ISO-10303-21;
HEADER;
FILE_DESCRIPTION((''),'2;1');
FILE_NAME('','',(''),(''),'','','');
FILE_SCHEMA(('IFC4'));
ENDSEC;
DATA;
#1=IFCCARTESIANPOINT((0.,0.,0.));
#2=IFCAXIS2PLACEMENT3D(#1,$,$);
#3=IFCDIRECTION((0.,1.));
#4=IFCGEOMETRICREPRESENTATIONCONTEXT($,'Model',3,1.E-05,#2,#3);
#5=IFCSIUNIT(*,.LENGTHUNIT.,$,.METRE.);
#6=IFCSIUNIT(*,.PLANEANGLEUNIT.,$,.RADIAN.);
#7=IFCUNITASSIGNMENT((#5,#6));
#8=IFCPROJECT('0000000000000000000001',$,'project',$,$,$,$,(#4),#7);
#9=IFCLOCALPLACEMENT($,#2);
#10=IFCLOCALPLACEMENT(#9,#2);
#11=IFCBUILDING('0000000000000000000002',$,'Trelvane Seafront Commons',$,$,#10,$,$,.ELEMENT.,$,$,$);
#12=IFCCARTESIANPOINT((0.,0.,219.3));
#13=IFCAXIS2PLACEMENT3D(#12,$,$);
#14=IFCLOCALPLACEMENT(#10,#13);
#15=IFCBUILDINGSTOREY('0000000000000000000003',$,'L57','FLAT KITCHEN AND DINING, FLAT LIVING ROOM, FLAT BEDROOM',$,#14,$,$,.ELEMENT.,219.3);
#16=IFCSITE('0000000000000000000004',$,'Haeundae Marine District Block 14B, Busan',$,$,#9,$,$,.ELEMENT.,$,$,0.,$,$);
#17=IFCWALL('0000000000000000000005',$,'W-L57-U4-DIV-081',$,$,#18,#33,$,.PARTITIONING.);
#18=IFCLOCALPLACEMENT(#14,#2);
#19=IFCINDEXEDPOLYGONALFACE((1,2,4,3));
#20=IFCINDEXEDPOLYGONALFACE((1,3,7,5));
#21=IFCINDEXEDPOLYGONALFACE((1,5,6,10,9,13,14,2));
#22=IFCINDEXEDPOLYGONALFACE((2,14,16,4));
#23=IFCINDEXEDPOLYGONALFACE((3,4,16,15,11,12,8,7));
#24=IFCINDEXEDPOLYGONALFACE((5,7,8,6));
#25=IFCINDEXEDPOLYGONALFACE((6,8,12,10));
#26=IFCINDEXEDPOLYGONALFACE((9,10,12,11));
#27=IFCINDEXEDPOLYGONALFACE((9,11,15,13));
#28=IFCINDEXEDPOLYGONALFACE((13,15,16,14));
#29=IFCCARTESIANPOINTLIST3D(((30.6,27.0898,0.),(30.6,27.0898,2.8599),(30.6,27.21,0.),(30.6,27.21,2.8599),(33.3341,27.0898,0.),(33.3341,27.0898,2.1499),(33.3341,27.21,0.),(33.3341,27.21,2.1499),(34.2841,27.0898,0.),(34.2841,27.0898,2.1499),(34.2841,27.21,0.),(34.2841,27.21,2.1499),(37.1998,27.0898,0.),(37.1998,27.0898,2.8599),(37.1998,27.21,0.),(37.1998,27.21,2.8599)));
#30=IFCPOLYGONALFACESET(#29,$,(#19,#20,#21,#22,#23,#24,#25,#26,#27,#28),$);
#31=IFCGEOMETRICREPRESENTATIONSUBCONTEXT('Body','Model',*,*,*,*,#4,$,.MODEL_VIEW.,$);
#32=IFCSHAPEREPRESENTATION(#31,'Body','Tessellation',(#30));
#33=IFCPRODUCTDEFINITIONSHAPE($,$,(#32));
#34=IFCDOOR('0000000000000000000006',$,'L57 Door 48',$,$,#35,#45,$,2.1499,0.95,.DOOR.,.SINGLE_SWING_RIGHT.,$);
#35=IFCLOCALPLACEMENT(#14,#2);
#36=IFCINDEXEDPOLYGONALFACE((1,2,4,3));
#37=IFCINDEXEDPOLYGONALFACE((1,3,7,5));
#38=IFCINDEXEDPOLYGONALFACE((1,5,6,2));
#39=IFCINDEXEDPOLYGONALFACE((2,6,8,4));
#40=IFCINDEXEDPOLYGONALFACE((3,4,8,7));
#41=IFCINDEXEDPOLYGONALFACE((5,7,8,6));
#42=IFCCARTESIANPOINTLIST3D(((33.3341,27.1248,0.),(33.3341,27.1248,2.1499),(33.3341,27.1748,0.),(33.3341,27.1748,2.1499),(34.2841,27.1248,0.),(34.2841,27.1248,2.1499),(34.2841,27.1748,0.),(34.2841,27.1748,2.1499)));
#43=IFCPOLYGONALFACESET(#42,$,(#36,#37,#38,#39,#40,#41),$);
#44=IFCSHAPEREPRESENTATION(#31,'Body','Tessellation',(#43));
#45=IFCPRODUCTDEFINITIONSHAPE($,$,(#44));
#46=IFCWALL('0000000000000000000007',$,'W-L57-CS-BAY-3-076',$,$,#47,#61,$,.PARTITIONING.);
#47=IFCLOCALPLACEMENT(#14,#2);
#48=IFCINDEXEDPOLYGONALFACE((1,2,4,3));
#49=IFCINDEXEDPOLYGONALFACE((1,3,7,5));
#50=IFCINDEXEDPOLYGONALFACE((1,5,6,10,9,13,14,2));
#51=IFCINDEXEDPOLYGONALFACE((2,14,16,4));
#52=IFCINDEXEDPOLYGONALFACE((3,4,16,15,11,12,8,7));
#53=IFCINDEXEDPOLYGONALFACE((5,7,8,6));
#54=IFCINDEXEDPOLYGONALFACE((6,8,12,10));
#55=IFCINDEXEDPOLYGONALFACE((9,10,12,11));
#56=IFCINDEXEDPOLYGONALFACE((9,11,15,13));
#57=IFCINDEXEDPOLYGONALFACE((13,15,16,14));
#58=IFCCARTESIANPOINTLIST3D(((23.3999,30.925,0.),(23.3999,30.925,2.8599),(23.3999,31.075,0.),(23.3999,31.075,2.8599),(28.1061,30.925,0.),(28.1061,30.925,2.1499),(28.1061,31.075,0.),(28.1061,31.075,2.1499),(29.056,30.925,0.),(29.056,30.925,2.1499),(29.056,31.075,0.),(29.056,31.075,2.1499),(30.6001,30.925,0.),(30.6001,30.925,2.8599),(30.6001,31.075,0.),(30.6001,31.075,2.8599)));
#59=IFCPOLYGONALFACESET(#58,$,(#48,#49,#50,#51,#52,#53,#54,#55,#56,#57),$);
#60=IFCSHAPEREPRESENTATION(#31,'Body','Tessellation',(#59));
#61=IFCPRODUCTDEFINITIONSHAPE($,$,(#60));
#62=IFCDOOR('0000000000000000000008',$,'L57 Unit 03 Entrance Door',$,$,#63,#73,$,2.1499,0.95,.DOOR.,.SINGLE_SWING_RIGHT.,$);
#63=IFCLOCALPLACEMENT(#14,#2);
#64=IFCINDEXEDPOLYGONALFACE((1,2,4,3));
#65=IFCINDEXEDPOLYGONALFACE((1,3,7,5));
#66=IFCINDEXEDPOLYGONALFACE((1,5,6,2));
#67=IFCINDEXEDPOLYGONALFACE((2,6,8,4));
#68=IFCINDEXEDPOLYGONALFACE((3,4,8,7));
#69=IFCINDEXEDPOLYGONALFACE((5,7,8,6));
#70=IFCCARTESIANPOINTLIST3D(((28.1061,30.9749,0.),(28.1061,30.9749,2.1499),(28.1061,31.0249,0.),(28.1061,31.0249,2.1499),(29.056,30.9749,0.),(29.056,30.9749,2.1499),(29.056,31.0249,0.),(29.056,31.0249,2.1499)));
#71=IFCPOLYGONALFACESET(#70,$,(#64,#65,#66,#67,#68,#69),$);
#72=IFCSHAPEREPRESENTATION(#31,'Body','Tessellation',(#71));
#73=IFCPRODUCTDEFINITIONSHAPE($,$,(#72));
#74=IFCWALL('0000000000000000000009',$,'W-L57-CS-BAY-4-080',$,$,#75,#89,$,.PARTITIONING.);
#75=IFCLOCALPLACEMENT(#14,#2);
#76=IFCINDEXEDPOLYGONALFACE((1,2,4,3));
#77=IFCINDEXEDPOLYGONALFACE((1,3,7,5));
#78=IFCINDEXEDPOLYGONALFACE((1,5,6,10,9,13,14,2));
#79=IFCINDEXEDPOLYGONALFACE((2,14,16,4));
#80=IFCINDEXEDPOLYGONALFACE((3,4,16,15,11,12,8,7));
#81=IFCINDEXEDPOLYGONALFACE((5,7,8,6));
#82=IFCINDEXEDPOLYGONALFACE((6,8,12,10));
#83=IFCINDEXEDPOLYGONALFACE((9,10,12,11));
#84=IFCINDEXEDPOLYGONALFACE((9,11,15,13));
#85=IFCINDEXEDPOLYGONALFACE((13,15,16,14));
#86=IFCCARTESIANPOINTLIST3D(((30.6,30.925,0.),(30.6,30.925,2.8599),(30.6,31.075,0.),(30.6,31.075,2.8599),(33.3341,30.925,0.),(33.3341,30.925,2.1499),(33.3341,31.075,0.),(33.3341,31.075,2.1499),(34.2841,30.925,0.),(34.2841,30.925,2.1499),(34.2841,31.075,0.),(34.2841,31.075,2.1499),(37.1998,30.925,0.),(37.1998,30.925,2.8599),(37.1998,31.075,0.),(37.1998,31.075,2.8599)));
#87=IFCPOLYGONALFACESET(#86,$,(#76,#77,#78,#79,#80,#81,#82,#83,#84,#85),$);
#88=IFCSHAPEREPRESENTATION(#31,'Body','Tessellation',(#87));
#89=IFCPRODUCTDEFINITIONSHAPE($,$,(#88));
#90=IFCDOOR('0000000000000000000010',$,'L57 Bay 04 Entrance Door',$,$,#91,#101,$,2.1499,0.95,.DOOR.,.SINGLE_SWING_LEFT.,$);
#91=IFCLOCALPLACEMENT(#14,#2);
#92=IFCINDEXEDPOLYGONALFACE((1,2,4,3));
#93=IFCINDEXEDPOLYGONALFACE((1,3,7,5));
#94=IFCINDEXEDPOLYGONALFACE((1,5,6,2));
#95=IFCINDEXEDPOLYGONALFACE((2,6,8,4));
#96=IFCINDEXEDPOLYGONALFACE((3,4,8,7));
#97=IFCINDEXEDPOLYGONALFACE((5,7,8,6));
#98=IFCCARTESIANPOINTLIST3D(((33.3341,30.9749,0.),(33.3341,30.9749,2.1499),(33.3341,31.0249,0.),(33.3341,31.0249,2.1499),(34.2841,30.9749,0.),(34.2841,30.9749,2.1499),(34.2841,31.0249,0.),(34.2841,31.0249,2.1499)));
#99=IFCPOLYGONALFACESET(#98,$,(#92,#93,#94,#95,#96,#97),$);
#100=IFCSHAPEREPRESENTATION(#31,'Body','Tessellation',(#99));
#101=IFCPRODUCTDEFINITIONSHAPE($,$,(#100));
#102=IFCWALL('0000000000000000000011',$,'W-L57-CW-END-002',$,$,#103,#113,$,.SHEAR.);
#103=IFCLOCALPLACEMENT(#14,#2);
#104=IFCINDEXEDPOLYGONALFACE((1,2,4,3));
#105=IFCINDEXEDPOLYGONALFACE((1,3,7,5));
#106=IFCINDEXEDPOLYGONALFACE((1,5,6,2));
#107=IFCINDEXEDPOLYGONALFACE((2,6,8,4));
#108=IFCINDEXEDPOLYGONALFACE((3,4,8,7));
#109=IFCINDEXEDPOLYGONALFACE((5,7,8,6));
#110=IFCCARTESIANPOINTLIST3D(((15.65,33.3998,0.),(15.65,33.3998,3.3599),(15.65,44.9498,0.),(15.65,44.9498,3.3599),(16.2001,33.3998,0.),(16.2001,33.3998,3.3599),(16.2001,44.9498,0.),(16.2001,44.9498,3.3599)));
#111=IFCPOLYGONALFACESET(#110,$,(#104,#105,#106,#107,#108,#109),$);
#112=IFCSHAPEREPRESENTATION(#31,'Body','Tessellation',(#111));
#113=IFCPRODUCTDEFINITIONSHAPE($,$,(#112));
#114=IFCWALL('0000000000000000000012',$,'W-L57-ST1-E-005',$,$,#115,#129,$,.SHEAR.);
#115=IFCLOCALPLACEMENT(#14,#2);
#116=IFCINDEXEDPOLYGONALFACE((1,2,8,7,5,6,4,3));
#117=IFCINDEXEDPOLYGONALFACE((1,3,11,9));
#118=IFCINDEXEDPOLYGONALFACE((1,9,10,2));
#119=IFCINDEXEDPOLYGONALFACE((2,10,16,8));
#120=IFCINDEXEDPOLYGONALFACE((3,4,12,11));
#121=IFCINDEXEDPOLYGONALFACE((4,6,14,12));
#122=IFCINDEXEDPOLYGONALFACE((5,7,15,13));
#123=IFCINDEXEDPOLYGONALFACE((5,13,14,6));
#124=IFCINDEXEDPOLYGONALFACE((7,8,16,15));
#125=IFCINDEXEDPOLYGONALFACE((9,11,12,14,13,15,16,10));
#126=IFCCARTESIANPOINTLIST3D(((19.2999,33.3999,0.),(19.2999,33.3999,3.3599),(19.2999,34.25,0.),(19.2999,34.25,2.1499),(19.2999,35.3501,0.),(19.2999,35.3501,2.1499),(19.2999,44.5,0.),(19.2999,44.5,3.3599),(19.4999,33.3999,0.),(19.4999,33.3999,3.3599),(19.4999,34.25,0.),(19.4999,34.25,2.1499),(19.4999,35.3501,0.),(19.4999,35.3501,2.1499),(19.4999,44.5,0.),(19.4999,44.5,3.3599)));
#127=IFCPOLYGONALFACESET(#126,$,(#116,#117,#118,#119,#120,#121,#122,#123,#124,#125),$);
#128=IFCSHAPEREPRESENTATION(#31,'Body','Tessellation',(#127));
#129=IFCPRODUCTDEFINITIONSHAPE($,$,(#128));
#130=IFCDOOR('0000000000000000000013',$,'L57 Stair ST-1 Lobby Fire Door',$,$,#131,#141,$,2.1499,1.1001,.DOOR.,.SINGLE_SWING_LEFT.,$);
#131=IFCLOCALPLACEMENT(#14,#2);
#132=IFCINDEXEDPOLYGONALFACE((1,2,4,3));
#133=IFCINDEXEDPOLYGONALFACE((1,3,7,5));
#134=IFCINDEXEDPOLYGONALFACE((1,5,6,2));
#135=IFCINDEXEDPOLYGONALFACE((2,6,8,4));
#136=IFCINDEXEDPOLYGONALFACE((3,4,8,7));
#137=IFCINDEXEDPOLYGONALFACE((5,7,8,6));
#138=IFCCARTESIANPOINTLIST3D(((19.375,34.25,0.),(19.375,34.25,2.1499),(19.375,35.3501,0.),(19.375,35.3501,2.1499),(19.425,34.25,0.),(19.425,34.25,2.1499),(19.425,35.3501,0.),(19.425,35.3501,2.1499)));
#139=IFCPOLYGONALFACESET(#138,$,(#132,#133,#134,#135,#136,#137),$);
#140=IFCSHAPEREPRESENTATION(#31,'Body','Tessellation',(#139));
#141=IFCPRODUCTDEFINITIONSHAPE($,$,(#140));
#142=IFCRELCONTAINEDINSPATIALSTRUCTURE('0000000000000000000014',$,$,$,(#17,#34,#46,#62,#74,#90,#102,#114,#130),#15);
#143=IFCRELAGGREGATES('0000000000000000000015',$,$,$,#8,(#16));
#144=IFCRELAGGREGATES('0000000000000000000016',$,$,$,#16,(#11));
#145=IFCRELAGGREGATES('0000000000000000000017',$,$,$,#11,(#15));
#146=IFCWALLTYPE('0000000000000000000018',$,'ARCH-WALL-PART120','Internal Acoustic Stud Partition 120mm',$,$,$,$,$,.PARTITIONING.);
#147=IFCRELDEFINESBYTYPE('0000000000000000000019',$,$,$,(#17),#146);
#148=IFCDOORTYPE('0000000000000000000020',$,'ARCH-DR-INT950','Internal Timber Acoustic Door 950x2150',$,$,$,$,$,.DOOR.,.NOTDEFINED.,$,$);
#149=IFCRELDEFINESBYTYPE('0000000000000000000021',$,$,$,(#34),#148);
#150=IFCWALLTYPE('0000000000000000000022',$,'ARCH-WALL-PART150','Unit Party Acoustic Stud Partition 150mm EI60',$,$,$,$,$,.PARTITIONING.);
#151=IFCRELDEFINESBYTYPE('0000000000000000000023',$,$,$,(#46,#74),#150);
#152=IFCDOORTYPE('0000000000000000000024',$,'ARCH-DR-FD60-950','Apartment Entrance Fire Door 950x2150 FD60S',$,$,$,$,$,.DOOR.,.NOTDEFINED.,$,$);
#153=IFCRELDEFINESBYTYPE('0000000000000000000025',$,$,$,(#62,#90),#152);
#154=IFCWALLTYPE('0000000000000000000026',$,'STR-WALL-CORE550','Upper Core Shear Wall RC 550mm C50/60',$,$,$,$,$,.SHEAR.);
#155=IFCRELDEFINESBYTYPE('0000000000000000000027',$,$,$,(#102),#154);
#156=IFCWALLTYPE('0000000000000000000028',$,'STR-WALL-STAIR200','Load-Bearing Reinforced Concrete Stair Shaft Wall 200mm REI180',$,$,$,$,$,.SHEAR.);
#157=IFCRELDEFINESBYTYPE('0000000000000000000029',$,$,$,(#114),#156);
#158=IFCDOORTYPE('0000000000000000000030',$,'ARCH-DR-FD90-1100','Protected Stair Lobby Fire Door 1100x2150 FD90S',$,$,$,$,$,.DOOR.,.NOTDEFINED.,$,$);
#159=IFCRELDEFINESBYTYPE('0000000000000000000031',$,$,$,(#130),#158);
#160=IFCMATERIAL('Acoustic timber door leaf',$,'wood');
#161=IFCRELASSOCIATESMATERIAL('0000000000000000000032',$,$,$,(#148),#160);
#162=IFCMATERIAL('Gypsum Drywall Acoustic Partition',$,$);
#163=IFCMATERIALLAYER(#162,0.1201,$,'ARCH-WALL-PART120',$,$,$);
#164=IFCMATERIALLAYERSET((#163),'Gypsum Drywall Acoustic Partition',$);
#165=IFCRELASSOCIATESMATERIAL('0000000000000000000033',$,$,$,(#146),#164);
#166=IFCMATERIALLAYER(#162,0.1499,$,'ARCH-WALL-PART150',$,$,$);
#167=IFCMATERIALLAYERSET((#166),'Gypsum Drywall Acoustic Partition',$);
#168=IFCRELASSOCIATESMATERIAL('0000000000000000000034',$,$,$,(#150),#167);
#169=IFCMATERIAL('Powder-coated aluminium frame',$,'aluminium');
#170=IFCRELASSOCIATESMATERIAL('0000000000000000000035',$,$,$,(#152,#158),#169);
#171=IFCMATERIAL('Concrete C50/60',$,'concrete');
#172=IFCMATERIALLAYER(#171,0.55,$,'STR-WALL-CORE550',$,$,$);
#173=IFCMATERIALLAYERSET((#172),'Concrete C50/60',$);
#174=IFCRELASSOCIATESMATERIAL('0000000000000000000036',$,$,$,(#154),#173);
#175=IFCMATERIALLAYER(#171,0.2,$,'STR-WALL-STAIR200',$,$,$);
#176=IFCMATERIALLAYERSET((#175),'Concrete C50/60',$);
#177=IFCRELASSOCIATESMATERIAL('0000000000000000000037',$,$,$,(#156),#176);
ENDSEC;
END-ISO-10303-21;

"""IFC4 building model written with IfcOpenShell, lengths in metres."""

from ifc_helpers import new_model, si_unit, direction, frame, frame_2d, origin, place, context, subcontext, project, spatial, rectangle, extrude, source, transform, mapped, material, layer, layer_set, type_object, element, fill, save


model = new_model("IFC4")

# Units and contexts
model_context = context("Model", 3, precision=1e-05, world=origin(), true_north=direction((0.0, 1.0)))
body_context = subcontext(model_context, "Body", "Model", "MODEL_VIEW")
ifc_project = project(units=[si_unit("LENGTHUNIT", "METRE"), si_unit("PLANEANGLEUNIT", "RADIAN")], contexts=[model_context])

# Site, building, storey
site_placement = place(None, origin())
site = spatial("IfcSite", under=ifc_project, at=site_placement, Name="Haeundae Marine District Block 14B, Busan", CompositionType="ELEMENT", RefElevation=0.0)
building_placement = place(site_placement, origin())
building = spatial("IfcBuilding", under=site, at=building_placement, Name="Trelvane Seafront Commons", CompositionType="ELEMENT")
storey_placement = place(building_placement, frame((0.0, 0.0, 219.3)))
storey = spatial("IfcBuildingStorey", under=building, at=storey_placement, Name="L57", Description="FLAT KITCHEN AND DINING, FLAT LIVING ROOM, FLAT BEDROOM", CompositionType="ELEMENT", Elevation=219.3)

# Shared definitions
ifc_material_1 = material(Name="Concrete C50/60", Category="concrete")

# Shared definitions
ifc_material_2 = material(Name="Powder-coated aluminium frame", Category="aluminium")
ifc_material_3 = material(Name="Acoustic timber door leaf", Category="wood")
door_type_1 = type_object("IfcDoorType", Name="ARCH-DR-INT950", Description="Internal Timber Acoustic Door 950x2150", OperationType="NOTDEFINED", PredefinedType="DOOR", material=ifc_material_3)
shared_shape_1 = source(origin(), body_context, "Body", "SweptSolid", [
    extrude(rectangle(XDim=0.95, YDim=2.1499, at=frame_2d((0.4751, 1.075))), frame((0.0, 0.0249, 0.0), z_axis=(0.0, -1.0, 0.0), x_axis=(1.0, 0.0, 0.0)), (0.0, 0.0, 1.0), 0.05),
])
ifc_material_4 = material(Name="Gypsum Drywall Acoustic Partition")
ifc_layer_1 = layer(ifc_material_4, 0.1201, Name="ARCH-WALL-PART120")
ifc_layer_set_1 = layer_set([ifc_layer_1], Name="Gypsum Drywall Acoustic Partition")
wall_type_1 = type_object("IfcWallType", Name="ARCH-WALL-PART120", Description="Internal Acoustic Stud Partition 120mm", PredefinedType="PARTITIONING", material=ifc_layer_set_1)

# Walls, openings, doors
wall_1_placement = place(storey_placement, frame((30.6001, 27.1499, 0.0), z_axis=(0.0, 0.0, 1.0), x_axis=(1.0, 0.0, 0.0)))
wall_1 = element("IfcWall", 1, at=wall_1_placement, inside=storey, type_object=wall_type_1, Name="W-L57-U4-DIV-081", PredefinedType="PARTITIONING", context=body_context, shape_type="SweptSolid", body=[
    extrude(rectangle(XDim=6.5999, YDim=0.1201, at=frame_2d((3.2998, 0.0))), origin(), (0.0, 0.0, 1.0), 2.8599),
])
opening_1_placement = place(wall_1_placement, frame((2.7339, 0.0, 0.0)))
opening_1 = element("IfcOpeningElement", 2, at=opening_1_placement, cuts=wall_1, PredefinedType="OPENING", context=body_context, shape_type="SweptSolid", body=[
    extrude(rectangle(XDim=0.95, YDim=2.1499, at=frame_2d((0.4751, 1.075))), frame((0.0, 0.0701, 0.0), z_axis=(0.0, -1.0, 0.0), x_axis=(1.0, 0.0, 0.0)), (0.0, 0.0, 1.0), 0.1401),
])
door_1_placement = place(opening_1_placement, origin())
door_1 = element("IfcDoor", 3, at=door_1_placement, inside=storey, type_object=door_type_1, Name="L57 Door 48", OperationType="SINGLE_SWING_RIGHT", OverallHeight=2.1499, OverallWidth=0.95, PredefinedType="DOOR", context=body_context, shape_type="MappedRepresentation", body=[
    mapped(shared_shape_1, transform((0.0, 0.0, 0.0), x_axis=(1.0, 0.0, 0.0), y_axis=(0.0, 1.0, 0.0), z_axis=(0.0, 0.0, 1.0), scale=1.0)),
])
fill(opening_1, door_1)
ifc_layer_2 = layer(ifc_material_4, 0.1499, Name="ARCH-WALL-PART150")
ifc_layer_set_2 = layer_set([ifc_layer_2], Name="Gypsum Drywall Acoustic Partition")
wall_type_2 = type_object("IfcWallType", Name="ARCH-WALL-PART150", Description="Unit Party Acoustic Stud Partition 150mm EI60", PredefinedType="PARTITIONING", material=ifc_layer_set_2)
wall_2_placement = place(storey_placement, frame((23.3999, 31.0, 0.0), z_axis=(0.0, 0.0, 1.0), x_axis=(1.0, 0.0, 0.0)))
wall_2 = element("IfcWall", 4, at=wall_2_placement, inside=storey, type_object=wall_type_2, Name="W-L57-CS-BAY-3-076", PredefinedType="PARTITIONING", context=body_context, shape_type="SweptSolid", body=[
    extrude(rectangle(XDim=7.2002, YDim=0.1499, at=frame_2d((3.6001, 0.0))), origin(), (0.0, 0.0, 1.0), 2.8599),
])
opening_2_placement = place(wall_2_placement, frame((4.7061, 0.0, 0.0)))
opening_2 = element("IfcOpeningElement", 5, at=opening_2_placement, cuts=wall_2, PredefinedType="OPENING", context=body_context, shape_type="SweptSolid", body=[
    extrude(rectangle(XDim=0.95, YDim=2.1499, at=frame_2d((0.4751, 1.075))), frame((0.0, 0.085, 0.0), z_axis=(0.0, -1.0, 0.0), x_axis=(1.0, 0.0, 0.0)), (0.0, 0.0, 1.0), 0.1699),
])
door_type_2 = type_object("IfcDoorType", Name="ARCH-DR-FD60-950", Description="Apartment Entrance Fire Door 950x2150 FD60S", OperationType="NOTDEFINED", PredefinedType="DOOR", material=ifc_material_2)
door_2_placement = place(opening_2_placement, origin())
door_2 = element("IfcDoor", 6, at=door_2_placement, inside=storey, type_object=door_type_2, Name="L57 Unit 03 Entrance Door", OperationType="SINGLE_SWING_RIGHT", OverallHeight=2.1499, OverallWidth=0.95, PredefinedType="DOOR", context=body_context, shape_type="MappedRepresentation", body=[
    mapped(shared_shape_1, transform((0.0, 0.0, 0.0), x_axis=(1.0, 0.0, 0.0), y_axis=(0.0, 1.0, 0.0), z_axis=(0.0, 0.0, 1.0), scale=1.0)),
])
fill(opening_2, door_2)
wall_3_placement = place(storey_placement, frame((30.6001, 31.0, 0.0), z_axis=(0.0, 0.0, 1.0), x_axis=(1.0, 0.0, 0.0)))
wall_3 = element("IfcWall", 7, at=wall_3_placement, inside=storey, type_object=wall_type_2, Name="W-L57-CS-BAY-4-080", PredefinedType="PARTITIONING", context=body_context, shape_type="SweptSolid", body=[
    extrude(rectangle(XDim=6.5999, YDim=0.1499, at=frame_2d((3.2998, 0.0))), origin(), (0.0, 0.0, 1.0), 2.8599),
])
opening_3_placement = place(wall_3_placement, frame((2.7339, 0.0, 0.0)))
opening_3 = element("IfcOpeningElement", 8, at=opening_3_placement, cuts=wall_3, PredefinedType="OPENING", context=body_context, shape_type="SweptSolid", body=[
    extrude(rectangle(XDim=0.95, YDim=2.1499, at=frame_2d((0.4751, 1.075))), frame((0.0, 0.085, 0.0), z_axis=(0.0, -1.0, 0.0), x_axis=(1.0, 0.0, 0.0)), (0.0, 0.0, 1.0), 0.1699),
])
door_3_placement = place(opening_3_placement, origin())
door_3 = element("IfcDoor", 9, at=door_3_placement, inside=storey, type_object=door_type_2, Name="L57 Bay 04 Entrance Door", OperationType="SINGLE_SWING_LEFT", OverallHeight=2.1499, OverallWidth=0.95, PredefinedType="DOOR", context=body_context, shape_type="MappedRepresentation", body=[
    mapped(shared_shape_1, transform((0.0, 0.0, 0.0), x_axis=(1.0, 0.0, 0.0), y_axis=(0.0, 1.0, 0.0), z_axis=(0.0, 0.0, 1.0), scale=1.0)),
])
fill(opening_3, door_3)

# Wall
ifc_layer_3 = layer(ifc_material_1, 0.55, Name="STR-WALL-CORE550")
ifc_layer_set_3 = layer_set([ifc_layer_3], Name="Concrete C50/60")
wall_type_3 = type_object("IfcWallType", Name="STR-WALL-CORE550", Description="Upper Core Shear Wall RC 550mm C50/60", PredefinedType="SHEAR", material=ifc_layer_set_3)
wall_4_placement = place(storey_placement, frame((15.925, 33.3999, 0.0), z_axis=(0.0, 0.0, 1.0), x_axis=(0.0, 1.0, 0.0)))
element("IfcWall", 10, at=wall_4_placement, inside=storey, type_object=wall_type_3, Name="W-L57-CW-END-002", PredefinedType="SHEAR", context=body_context, shape_type="SweptSolid", body=[
    extrude(rectangle(XDim=11.55, YDim=0.55, at=frame_2d((5.7749, 0.0))), origin(), (0.0, 0.0, 1.0), 3.3599),
])

# Wall, opening, door
ifc_layer_4 = layer(ifc_material_1, 0.2, Name="STR-WALL-STAIR200")
ifc_layer_set_4 = layer_set([ifc_layer_4], Name="Concrete C50/60")
wall_type_4 = type_object("IfcWallType", Name="STR-WALL-STAIR200", Description="Load-Bearing Reinforced Concrete Stair Shaft Wall 200mm REI180", PredefinedType="SHEAR", material=ifc_layer_set_4)
wall_5_placement = place(storey_placement, frame((19.3999, 33.3999, 0.0), z_axis=(0.0, 0.0, 1.0), x_axis=(0.0, 1.0, 0.0)))
wall_5 = element("IfcWall", 11, at=wall_5_placement, inside=storey, type_object=wall_type_4, Name="W-L57-ST1-E-005", PredefinedType="SHEAR", context=body_context, shape_type="SweptSolid", body=[
    extrude(rectangle(XDim=11.1001, YDim=0.2, at=frame_2d((5.55, 0.0))), origin(), (0.0, 0.0, 1.0), 3.3599),
])
opening_4_placement = place(wall_5_placement, frame((0.8501, 0.0, 0.0)))
opening_4 = element("IfcOpeningElement", 12, at=opening_4_placement, cuts=wall_5, PredefinedType="OPENING", context=body_context, shape_type="SweptSolid", body=[
    extrude(rectangle(XDim=1.1001, YDim=2.1499, at=frame_2d((0.55, 1.075))), frame((0.0, 0.1099, 0.0), z_axis=(0.0, -1.0, 0.0), x_axis=(1.0, 0.0, 0.0)), (0.0, 0.0, 1.0), 0.22),
])
door_type_3 = type_object("IfcDoorType", Name="ARCH-DR-FD90-1100", Description="Protected Stair Lobby Fire Door 1100x2150 FD90S", OperationType="NOTDEFINED", PredefinedType="DOOR", material=ifc_material_2)
shared_shape_2 = source(origin(), body_context, "Body", "SweptSolid", [
    extrude(rectangle(XDim=1.1001, YDim=2.1499, at=frame_2d((0.55, 1.075))), frame((0.0, 0.0249, 0.0), z_axis=(0.0, -1.0, 0.0), x_axis=(1.0, 0.0, 0.0)), (0.0, 0.0, 1.0), 0.05),
])
door_4_placement = place(opening_4_placement, origin())
door_4 = element("IfcDoor", 13, at=door_4_placement, inside=storey, type_object=door_type_3, Name="L57 Stair ST-1 Lobby Fire Door", OperationType="SINGLE_SWING_LEFT", OverallHeight=2.1499, OverallWidth=1.1001, PredefinedType="DOOR", context=body_context, shape_type="MappedRepresentation", body=[
    mapped(shared_shape_2, transform((0.0, 0.0, 0.0), x_axis=(1.0, 0.0, 0.0), y_axis=(0.0, 1.0, 0.0), z_axis=(0.0, 0.0, 1.0), scale=1.0)),
])
fill(opening_4, door_4)

save(model, "model.ifc")
